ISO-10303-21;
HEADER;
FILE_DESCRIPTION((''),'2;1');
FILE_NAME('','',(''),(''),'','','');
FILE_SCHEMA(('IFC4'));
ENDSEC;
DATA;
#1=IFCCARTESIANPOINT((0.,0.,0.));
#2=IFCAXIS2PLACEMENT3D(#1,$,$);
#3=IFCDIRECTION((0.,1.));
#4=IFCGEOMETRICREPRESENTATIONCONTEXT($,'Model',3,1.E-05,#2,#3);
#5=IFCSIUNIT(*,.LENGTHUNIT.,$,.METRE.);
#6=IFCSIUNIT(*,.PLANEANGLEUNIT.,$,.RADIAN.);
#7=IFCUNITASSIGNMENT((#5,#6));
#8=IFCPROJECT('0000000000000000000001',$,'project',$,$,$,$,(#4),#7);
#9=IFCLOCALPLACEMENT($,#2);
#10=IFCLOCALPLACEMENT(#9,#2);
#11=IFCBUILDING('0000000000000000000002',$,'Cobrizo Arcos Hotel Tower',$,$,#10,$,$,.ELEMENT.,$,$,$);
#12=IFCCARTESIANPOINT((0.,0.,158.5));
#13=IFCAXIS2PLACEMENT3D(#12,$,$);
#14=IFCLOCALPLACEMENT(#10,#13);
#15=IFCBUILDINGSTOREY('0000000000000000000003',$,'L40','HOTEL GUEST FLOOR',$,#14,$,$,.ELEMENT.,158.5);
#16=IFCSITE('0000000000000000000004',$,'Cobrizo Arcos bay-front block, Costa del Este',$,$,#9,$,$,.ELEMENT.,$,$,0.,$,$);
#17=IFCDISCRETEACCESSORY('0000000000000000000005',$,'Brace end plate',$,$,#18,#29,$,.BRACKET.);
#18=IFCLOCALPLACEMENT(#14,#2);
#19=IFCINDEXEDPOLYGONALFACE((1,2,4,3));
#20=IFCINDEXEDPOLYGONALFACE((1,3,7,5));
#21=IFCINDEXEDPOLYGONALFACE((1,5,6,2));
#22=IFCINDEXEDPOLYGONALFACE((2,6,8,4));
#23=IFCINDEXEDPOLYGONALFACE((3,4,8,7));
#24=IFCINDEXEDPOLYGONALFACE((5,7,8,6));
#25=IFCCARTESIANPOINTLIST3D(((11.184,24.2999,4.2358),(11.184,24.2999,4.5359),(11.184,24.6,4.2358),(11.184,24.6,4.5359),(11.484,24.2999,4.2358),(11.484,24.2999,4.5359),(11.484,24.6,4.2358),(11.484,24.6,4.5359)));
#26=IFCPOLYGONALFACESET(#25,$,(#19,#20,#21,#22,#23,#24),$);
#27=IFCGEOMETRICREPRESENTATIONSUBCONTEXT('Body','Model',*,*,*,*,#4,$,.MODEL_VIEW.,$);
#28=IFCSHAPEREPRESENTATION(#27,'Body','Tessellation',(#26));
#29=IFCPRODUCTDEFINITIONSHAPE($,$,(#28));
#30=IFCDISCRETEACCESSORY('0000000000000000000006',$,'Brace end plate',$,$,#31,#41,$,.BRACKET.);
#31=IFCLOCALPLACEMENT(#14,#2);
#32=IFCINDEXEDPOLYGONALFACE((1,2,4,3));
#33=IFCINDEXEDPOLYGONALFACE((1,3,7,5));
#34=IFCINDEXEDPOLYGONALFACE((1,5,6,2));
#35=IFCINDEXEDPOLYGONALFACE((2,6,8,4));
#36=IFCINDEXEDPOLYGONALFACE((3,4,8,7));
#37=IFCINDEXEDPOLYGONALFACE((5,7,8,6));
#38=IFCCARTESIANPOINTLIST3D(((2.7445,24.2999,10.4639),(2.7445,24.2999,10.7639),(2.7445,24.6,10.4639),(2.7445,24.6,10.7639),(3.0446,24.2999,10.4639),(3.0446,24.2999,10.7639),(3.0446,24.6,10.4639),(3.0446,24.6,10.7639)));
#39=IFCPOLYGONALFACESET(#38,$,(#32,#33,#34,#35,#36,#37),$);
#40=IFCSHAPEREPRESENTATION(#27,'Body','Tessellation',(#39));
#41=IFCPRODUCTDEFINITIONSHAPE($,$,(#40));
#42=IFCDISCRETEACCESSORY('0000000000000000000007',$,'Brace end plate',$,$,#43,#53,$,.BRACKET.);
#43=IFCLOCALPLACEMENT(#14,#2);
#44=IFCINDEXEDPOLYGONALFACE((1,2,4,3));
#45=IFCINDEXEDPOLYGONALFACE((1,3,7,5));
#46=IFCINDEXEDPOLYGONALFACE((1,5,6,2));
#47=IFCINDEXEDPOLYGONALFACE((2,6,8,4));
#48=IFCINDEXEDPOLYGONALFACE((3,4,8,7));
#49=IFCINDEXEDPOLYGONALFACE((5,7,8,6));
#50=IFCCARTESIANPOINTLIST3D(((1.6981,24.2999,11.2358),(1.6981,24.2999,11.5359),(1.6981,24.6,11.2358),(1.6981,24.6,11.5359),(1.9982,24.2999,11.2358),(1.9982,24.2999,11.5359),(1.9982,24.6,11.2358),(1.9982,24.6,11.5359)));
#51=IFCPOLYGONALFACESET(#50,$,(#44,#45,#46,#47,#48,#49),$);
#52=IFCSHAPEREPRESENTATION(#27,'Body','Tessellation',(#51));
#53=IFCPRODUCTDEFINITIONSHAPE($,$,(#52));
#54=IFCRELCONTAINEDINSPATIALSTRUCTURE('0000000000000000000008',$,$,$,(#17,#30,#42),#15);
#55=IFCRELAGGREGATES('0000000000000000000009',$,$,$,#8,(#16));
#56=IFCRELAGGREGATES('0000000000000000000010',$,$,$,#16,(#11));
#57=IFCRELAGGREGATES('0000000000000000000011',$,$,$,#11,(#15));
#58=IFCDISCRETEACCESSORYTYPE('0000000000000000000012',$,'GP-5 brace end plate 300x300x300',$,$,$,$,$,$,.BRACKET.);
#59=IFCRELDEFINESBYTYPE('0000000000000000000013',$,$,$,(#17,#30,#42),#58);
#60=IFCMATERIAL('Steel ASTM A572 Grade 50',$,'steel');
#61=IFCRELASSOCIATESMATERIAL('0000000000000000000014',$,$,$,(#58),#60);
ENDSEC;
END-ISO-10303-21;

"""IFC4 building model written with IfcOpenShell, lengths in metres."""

from ifc_helpers import new_model, si_unit, direction, frame, origin, origin_2d, place, context, subcontext, project, spatial, rectangle, extrude, material, type_object, element, save


model = new_model("IFC4")

# Units and contexts
model_context = context("Model", 3, precision=1e-05, world=origin(), true_north=direction((0.0, 1.0)))
body_context = subcontext(model_context, "Body", "Model", "MODEL_VIEW")
ifc_project = project(units=[si_unit("LENGTHUNIT", "METRE"), si_unit("PLANEANGLEUNIT", "RADIAN")], contexts=[model_context])

# Site, building, storey
site_placement = place(None, origin())
site = spatial("IfcSite", under=ifc_project, at=site_placement, Name="Cobrizo Arcos bay-front block, Costa del Este", CompositionType="ELEMENT", RefElevation=0.0)
building_placement = place(site_placement, origin())
building = spatial("IfcBuilding", under=site, at=building_placement, Name="Cobrizo Arcos Hotel Tower", CompositionType="ELEMENT")
storey_placement = place(building_placement, frame((0.0, 0.0, 158.5)))
storey = spatial("IfcBuildingStorey", under=building, at=storey_placement, Name="L40", Description="HOTEL GUEST FLOOR", CompositionType="ELEMENT", Elevation=158.5)

# Shared definitions
ifc_material_1 = material(Name="Steel ASTM A572 Grade 50", Category="steel")

# Discrete accessories
discrete_accessory_type = type_object("IfcDiscreteAccessoryType", Name="GP-5 brace end plate 300x300x300", PredefinedType="BRACKET", material=ifc_material_1)
for number, where, z_axis, x_axis, name in (
    (1, (11.334, 24.45, 4.2358), (0.0, 0.0, 1.0), (1.0, 0.0, 0.0), "Brace end plate"),
    (2, (2.8945, 24.45, 10.4639), (0.0, 0.0, 1.0), (1.0, 0.0, 0.0), "Brace end plate"),
    (3, (1.8481, 24.45, 11.2358), (0.0, 0.0, 1.0), (1.0, 0.0, 0.0), "Brace end plate"),
):
    element("IfcDiscreteAccessory", number, at=place(storey_placement, frame(where, z_axis=z_axis, x_axis=x_axis)), inside=storey, type_object=discrete_accessory_type, Name=name, PredefinedType="BRACKET", context=body_context, shape_type="SweptSolid", body=[
        extrude(rectangle(XDim=0.3, YDim=0.3, at=origin_2d()), origin(), (0.0, 0.0, 1.0), 0.3),
    ])

save(model, "model.ifc")
